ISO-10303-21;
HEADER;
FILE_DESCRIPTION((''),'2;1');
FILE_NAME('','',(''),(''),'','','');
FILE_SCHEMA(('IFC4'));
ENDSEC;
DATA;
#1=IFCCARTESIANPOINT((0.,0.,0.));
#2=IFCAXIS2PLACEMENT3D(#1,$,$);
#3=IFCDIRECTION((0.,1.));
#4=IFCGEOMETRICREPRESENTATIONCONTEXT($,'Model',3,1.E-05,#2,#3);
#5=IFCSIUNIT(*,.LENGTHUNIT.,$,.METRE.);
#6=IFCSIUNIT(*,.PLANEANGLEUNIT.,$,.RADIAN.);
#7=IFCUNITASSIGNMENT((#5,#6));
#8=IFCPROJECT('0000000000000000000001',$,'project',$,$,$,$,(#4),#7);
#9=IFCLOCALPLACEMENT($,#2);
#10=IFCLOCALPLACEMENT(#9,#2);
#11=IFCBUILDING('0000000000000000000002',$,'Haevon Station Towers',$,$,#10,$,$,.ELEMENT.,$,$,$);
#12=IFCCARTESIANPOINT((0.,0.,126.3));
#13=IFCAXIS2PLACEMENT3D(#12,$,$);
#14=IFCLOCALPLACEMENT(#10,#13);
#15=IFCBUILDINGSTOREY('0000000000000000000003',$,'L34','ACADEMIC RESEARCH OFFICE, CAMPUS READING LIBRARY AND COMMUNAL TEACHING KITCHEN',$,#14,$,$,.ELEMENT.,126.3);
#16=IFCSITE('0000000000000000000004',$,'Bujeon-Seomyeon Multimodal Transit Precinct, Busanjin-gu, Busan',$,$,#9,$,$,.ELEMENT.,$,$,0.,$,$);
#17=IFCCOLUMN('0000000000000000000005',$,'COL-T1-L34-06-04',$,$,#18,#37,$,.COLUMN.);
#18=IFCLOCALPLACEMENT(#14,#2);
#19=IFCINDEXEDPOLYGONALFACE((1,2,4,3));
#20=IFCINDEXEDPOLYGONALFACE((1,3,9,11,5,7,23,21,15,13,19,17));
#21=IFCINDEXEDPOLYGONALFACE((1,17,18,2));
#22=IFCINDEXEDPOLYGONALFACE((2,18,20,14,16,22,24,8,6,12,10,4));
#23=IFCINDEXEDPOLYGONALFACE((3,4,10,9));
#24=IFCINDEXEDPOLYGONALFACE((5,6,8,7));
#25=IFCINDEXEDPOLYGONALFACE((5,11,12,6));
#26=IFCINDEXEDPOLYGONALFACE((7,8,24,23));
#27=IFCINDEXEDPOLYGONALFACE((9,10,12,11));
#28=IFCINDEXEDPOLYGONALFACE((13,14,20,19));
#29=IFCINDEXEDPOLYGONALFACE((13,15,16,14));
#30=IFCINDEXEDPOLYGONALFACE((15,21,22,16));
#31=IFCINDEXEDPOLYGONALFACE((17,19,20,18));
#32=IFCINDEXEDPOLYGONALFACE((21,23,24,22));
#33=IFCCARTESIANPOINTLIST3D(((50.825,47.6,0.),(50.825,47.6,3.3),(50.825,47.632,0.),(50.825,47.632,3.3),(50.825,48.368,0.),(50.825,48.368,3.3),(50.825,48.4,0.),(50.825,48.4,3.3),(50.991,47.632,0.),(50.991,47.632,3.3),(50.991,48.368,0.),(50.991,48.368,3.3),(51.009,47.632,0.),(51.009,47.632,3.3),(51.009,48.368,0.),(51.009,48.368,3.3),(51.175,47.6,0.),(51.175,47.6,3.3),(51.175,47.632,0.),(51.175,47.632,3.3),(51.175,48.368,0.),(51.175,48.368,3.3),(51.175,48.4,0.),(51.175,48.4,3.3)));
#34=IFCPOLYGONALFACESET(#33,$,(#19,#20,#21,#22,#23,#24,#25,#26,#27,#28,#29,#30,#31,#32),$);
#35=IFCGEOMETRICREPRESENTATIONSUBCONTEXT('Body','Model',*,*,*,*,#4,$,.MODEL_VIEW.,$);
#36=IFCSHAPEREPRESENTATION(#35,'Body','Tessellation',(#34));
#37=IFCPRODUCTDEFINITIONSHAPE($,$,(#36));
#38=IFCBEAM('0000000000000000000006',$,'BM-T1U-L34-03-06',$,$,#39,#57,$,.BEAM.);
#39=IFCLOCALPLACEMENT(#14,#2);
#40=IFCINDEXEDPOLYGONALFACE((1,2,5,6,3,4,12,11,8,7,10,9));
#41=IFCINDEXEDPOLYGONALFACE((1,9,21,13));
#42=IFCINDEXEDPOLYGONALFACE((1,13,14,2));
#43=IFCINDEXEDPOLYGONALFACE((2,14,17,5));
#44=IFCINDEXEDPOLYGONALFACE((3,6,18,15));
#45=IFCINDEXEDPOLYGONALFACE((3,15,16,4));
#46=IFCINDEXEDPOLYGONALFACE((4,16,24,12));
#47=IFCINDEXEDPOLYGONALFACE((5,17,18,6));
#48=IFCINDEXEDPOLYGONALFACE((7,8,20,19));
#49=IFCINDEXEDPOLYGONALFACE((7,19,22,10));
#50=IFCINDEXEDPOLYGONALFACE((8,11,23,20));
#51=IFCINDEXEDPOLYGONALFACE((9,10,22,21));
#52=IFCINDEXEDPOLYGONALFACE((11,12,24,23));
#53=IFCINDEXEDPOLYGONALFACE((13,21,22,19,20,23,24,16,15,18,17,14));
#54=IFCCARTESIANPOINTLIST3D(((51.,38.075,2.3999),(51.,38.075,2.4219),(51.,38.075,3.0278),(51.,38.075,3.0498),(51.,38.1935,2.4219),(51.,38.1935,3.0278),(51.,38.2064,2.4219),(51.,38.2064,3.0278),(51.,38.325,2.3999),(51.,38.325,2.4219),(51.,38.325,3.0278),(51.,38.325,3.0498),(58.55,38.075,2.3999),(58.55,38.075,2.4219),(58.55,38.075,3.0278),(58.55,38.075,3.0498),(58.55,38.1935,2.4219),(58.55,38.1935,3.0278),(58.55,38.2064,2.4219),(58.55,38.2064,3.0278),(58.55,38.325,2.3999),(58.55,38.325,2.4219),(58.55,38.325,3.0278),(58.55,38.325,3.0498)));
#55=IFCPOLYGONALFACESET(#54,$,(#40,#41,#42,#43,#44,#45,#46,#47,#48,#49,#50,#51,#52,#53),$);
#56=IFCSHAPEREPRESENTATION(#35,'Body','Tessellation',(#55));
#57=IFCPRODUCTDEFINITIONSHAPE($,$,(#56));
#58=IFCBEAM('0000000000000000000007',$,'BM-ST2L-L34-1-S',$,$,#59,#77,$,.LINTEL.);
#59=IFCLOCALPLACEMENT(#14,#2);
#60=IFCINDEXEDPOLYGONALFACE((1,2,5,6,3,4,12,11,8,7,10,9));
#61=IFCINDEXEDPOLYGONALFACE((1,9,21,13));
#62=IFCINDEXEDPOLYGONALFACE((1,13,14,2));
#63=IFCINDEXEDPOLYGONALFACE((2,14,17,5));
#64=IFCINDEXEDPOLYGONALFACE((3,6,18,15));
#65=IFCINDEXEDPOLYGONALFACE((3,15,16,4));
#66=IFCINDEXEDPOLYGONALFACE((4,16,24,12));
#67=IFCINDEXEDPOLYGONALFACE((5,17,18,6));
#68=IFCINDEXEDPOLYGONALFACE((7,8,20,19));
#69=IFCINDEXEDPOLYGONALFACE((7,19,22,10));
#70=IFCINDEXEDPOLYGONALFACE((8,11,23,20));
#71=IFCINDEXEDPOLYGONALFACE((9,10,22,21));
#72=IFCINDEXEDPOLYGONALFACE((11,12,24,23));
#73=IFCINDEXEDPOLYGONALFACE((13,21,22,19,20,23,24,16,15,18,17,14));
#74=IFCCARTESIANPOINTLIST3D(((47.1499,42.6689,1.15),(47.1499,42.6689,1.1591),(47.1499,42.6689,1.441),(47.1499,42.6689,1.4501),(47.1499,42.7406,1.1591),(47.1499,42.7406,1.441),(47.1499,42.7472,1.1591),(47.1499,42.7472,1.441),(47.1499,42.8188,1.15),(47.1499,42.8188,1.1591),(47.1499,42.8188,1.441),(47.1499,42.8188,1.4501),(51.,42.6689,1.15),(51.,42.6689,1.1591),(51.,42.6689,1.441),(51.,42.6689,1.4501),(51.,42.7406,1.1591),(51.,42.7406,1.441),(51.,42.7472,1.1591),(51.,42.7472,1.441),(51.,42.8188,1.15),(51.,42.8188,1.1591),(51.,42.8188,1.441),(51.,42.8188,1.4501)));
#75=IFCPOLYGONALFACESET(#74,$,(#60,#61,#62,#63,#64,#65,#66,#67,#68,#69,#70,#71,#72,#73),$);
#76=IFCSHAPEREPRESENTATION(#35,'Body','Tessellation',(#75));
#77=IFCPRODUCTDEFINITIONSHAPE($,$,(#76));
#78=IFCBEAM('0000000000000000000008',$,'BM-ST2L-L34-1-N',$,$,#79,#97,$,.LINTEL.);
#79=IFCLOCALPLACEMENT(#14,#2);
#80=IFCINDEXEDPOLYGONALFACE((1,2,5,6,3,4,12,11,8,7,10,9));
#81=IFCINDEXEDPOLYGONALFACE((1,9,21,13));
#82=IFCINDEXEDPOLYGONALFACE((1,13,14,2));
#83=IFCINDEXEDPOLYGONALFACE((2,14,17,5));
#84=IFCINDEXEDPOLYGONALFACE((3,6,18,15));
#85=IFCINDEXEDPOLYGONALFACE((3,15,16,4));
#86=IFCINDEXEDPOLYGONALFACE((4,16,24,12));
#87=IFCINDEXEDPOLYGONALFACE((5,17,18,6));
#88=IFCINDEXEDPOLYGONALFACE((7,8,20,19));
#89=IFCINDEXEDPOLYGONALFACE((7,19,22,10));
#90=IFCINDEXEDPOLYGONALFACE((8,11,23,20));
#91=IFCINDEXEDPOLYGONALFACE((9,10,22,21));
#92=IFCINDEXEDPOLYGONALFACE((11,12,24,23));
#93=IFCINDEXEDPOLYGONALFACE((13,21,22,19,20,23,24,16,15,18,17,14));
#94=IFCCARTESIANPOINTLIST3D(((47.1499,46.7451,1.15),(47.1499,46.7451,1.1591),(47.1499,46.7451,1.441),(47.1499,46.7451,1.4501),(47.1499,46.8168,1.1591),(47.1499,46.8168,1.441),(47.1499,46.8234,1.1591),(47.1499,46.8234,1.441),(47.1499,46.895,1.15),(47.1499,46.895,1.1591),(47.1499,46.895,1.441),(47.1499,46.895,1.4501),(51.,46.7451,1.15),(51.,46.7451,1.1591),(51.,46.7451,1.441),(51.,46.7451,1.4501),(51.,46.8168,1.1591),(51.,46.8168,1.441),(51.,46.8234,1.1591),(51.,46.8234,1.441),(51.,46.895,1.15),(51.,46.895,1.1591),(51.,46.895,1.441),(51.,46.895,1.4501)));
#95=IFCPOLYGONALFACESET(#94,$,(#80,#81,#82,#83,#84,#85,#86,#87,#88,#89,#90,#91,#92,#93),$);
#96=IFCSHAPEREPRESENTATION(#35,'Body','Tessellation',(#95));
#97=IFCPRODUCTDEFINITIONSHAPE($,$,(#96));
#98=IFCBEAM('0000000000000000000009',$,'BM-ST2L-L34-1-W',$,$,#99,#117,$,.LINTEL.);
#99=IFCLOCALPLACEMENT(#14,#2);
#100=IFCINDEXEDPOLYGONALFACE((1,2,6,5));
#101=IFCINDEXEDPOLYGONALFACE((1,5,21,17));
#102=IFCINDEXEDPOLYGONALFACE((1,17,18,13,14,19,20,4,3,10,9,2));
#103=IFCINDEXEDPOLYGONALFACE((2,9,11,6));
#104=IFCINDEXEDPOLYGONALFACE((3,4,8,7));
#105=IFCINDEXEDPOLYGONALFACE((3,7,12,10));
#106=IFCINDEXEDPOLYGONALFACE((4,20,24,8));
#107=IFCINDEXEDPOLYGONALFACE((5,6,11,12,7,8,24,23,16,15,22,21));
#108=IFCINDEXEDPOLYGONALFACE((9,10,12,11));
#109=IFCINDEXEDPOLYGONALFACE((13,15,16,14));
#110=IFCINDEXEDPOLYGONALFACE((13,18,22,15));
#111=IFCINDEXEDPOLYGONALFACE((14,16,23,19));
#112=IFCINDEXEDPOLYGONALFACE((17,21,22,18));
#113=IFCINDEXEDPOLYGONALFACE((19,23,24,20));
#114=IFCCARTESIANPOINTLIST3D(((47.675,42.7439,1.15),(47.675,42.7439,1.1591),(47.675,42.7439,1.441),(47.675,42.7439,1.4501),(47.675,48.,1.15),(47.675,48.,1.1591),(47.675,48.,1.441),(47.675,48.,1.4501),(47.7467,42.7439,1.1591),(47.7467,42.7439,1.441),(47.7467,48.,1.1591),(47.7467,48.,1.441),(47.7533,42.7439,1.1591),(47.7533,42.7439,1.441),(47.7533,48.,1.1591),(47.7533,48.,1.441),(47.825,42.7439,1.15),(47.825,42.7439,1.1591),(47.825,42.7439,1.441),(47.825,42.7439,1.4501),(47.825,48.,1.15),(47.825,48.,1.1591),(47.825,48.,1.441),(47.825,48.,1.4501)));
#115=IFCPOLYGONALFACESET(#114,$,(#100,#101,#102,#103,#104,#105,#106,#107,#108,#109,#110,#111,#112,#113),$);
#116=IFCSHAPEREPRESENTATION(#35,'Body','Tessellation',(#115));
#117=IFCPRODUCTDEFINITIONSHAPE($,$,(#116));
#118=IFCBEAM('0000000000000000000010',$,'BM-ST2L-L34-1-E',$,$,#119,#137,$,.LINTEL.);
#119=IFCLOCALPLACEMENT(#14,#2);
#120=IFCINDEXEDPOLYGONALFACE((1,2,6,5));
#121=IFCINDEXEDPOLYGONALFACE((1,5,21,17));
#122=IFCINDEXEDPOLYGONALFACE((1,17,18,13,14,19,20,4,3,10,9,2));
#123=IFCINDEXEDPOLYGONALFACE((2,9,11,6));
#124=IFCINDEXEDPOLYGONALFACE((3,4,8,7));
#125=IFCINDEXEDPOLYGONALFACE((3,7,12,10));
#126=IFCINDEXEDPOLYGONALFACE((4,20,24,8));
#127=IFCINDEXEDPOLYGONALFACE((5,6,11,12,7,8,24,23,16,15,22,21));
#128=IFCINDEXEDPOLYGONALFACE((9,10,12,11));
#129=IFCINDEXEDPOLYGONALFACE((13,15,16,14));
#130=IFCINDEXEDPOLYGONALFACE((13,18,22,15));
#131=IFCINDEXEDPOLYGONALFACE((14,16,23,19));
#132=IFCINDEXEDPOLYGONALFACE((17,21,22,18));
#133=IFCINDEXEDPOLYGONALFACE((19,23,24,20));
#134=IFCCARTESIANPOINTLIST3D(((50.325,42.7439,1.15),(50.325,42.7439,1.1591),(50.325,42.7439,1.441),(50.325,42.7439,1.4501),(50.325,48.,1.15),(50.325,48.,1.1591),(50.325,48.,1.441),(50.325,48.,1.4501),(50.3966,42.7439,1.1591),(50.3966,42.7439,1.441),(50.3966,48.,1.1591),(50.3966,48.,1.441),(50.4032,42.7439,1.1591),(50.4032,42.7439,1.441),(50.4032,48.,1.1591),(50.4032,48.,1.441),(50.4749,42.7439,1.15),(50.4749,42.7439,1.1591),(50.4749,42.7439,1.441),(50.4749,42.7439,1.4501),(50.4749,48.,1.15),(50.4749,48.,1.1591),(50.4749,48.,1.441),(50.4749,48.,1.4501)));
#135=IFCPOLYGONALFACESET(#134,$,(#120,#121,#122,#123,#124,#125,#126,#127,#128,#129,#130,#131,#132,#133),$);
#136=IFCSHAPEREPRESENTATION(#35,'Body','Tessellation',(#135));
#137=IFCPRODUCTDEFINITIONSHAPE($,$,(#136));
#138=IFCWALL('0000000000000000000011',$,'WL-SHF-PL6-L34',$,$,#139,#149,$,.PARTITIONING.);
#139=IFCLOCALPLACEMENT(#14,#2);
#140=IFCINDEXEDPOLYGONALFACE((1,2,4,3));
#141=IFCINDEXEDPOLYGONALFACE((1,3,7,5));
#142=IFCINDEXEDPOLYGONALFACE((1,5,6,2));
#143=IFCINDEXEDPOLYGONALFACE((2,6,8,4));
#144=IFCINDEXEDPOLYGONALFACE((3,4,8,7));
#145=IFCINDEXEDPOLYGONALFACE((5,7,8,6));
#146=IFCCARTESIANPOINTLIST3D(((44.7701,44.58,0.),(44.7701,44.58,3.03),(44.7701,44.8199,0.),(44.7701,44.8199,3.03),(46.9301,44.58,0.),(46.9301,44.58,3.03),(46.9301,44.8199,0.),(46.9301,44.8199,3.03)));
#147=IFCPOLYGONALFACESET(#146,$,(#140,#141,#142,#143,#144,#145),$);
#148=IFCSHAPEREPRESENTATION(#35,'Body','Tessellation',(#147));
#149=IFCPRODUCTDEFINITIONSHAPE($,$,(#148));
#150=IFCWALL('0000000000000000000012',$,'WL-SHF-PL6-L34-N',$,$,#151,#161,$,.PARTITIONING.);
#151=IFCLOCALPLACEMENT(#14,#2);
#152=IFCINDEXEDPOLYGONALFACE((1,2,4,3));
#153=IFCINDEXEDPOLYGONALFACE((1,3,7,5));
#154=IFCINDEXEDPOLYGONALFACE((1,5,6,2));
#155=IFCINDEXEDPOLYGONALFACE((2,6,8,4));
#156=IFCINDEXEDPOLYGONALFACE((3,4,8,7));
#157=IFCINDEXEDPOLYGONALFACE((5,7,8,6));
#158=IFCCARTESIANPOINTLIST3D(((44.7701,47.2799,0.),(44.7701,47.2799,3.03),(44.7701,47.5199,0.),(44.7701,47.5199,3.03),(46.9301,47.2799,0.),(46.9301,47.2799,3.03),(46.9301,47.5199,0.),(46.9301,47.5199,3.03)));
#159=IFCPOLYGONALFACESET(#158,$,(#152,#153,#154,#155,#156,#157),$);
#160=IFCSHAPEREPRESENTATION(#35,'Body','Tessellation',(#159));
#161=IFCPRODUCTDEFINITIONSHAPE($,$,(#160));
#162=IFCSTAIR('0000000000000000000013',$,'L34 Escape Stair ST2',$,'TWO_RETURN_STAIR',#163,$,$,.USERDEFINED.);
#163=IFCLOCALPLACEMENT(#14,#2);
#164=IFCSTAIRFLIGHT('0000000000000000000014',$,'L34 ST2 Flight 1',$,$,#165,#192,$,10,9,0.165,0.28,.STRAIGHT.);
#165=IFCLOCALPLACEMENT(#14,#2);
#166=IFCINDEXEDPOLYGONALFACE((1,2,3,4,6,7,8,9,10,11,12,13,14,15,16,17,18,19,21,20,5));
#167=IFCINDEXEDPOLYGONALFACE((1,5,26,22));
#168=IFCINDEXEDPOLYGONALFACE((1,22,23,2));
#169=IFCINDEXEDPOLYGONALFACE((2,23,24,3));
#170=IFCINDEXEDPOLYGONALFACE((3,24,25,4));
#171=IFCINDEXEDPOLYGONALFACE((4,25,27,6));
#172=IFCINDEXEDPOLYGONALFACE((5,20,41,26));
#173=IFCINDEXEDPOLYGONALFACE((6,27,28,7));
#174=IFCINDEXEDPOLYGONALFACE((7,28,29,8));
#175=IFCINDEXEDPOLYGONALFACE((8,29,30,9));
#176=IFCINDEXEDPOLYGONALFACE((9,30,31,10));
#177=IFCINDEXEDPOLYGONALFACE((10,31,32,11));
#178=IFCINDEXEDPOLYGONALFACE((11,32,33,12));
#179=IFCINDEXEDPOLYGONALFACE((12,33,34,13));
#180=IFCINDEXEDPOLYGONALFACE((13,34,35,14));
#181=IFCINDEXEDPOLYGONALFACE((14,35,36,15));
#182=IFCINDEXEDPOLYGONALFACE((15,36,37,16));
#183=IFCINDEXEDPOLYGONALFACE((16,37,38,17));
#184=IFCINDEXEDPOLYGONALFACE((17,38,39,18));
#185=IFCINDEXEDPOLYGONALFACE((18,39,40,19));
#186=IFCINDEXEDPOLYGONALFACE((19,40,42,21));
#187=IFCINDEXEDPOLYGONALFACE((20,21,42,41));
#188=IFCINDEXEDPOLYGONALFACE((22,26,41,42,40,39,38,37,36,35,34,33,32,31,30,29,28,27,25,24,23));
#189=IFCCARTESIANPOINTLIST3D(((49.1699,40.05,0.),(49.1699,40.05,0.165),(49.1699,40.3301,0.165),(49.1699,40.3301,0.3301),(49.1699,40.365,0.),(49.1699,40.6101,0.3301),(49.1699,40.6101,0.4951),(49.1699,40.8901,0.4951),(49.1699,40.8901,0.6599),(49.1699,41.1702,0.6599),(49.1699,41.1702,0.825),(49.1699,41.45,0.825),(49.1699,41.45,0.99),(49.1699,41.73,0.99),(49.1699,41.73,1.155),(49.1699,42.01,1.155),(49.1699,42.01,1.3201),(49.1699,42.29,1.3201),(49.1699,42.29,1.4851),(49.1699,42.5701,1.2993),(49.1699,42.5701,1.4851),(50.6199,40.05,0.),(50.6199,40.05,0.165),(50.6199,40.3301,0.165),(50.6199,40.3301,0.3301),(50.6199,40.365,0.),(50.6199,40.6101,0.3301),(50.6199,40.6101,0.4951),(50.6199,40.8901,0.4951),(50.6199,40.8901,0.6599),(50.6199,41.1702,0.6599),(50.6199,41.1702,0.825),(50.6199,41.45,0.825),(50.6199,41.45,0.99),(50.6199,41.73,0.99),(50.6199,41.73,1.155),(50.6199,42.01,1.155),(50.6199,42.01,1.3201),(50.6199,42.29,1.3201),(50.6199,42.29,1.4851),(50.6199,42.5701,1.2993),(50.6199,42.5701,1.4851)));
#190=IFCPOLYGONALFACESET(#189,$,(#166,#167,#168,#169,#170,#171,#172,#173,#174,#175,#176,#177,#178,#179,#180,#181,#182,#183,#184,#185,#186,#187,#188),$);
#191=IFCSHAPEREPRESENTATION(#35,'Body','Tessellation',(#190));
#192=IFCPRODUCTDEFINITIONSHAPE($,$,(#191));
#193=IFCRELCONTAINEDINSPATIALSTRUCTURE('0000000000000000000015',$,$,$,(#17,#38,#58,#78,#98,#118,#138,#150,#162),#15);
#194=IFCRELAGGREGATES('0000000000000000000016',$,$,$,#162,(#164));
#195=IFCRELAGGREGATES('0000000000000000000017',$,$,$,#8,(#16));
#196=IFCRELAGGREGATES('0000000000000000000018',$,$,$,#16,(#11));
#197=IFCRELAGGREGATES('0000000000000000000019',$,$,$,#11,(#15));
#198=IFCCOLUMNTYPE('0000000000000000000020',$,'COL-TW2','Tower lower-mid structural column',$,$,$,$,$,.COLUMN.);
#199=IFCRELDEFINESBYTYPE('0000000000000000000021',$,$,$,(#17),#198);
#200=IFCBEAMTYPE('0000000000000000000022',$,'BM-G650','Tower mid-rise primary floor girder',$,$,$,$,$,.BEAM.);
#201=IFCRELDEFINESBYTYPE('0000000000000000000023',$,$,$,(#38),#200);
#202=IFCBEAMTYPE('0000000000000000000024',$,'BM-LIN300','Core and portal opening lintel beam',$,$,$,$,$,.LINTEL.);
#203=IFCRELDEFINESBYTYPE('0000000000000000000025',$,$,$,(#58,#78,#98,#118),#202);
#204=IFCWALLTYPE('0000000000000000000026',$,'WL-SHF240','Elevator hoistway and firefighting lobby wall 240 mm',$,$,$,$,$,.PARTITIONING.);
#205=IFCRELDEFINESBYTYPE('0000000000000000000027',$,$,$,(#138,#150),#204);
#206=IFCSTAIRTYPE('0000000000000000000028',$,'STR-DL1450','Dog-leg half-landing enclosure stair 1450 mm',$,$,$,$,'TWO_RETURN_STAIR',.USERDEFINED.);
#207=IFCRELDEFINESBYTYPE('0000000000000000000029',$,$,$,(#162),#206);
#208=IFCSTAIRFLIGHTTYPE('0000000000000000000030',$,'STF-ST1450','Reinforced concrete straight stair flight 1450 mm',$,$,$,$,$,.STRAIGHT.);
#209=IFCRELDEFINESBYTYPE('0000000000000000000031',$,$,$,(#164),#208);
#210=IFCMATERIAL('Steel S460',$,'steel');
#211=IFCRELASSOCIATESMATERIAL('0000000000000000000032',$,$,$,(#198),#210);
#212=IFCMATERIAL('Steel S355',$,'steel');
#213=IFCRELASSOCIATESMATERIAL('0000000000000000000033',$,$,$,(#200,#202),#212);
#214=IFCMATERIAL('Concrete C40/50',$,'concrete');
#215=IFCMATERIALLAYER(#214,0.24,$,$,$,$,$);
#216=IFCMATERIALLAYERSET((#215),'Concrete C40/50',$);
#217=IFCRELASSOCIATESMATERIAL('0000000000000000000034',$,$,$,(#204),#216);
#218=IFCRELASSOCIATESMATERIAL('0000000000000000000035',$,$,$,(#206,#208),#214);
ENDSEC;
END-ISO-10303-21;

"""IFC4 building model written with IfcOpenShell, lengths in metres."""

from ifc_helpers import new_model, si_unit, direction, frame, frame_2d, origin, origin_2d, place, context, subcontext, project, spatial, polyline, rectangle, i_section, outline, extrude, material, layer, layer_set, material_profile, profile_set, type_object, element, aggregate, save


model = new_model("IFC4")

# Units and contexts
model_context = context("Model", 3, precision=1e-05, world=origin(), true_north=direction((0.0, 1.0)))
body_context = subcontext(model_context, "Body", "Model", "MODEL_VIEW")
ifc_project = project(units=[si_unit("LENGTHUNIT", "METRE"), si_unit("PLANEANGLEUNIT", "RADIAN")], contexts=[model_context])

# Site, building, storey
site_placement = place(None, origin())
site = spatial("IfcSite", under=ifc_project, at=site_placement, Name="Bujeon-Seomyeon Multimodal Transit Precinct, Busanjin-gu, Busan", CompositionType="ELEMENT", RefElevation=0.0)
building_placement = place(site_placement, origin())
building = spatial("IfcBuilding", under=site, at=building_placement, Name="Haevon Station Towers", CompositionType="ELEMENT")
storey_placement = place(building_placement, frame((0.0, 0.0, 126.3)))
storey = spatial("IfcBuildingStorey", under=building, at=storey_placement, Name="L34", Description="ACADEMIC RESEARCH OFFICE, CAMPUS READING LIBRARY AND COMMUNAL TEACHING KITCHEN", CompositionType="ELEMENT", Elevation=126.3)

# Column
ifc_material_1 = material(Name="Steel S460", Category="steel")
ifc_material_profile_1 = material_profile(ifc_material_1, i_section(OverallWidth=0.3501, OverallDepth=0.8, WebThickness=0.0181, FlangeThickness=0.032, at=origin_2d()), Name="H-800x350x18x32")
ifc_profile_set_1 = profile_set([ifc_material_profile_1], Name="Steel S460")
column_type = type_object("IfcColumnType", Name="COL-TW2", Description="Tower lower-mid structural column", PredefinedType="COLUMN", material=ifc_profile_set_1)
column_placement = place(storey_placement, frame((51.0, 48.0, 0.0), z_axis=(0.0, 0.0, 1.0), x_axis=(1.0, 0.0, 0.0)))
element("IfcColumn", 1, at=column_placement, inside=storey, type_object=column_type, Name="COL-T1-L34-06-04", PredefinedType="COLUMN", context=body_context, shape_type="SweptSolid", body=[
    extrude(i_section(OverallWidth=0.3501, OverallDepth=0.8, WebThickness=0.0181, FlangeThickness=0.032, at=origin_2d()), origin(), (0.0, 0.0, 1.0), 3.3),
])

# Beams
ifc_material_2 = material(Name="Steel S355", Category="steel")
ifc_material_profile_2 = material_profile(ifc_material_2, i_section(OverallWidth=0.25, OverallDepth=0.6499, WebThickness=0.0129, FlangeThickness=0.022, at=origin_2d()), Name="H-650x250x13x22")
ifc_profile_set_2 = profile_set([ifc_material_profile_2], Name="Steel S355")
beam_type_1 = type_object("IfcBeamType", Name="BM-G650", Description="Tower mid-rise primary floor girder", PredefinedType="BEAM", material=ifc_profile_set_2)
beam_placement = place(storey_placement, frame((51.0, 38.2, 2.7249), z_axis=(1.0, 0.0, 0.0), x_axis=(0.0, 1.0, 0.0)))
element("IfcBeam", 2, at=beam_placement, inside=storey, type_object=beam_type_1, Name="BM-T1U-L34-03-06", PredefinedType="BEAM", context=body_context, shape_type="SweptSolid", body=[
    extrude(i_section(OverallWidth=0.25, OverallDepth=0.6499, WebThickness=0.0129, FlangeThickness=0.022, at=origin_2d()), origin(), (0.0, 0.0, 1.0), 7.55),
])
ifc_material_profile_3 = material_profile(ifc_material_2, i_section(OverallWidth=0.1499, OverallDepth=0.3, WebThickness=0.0066, FlangeThickness=0.009, at=origin_2d()), Name="H-300x150x6.5x9")
ifc_profile_set_3 = profile_set([ifc_material_profile_3], Name="Steel S355")
beam_type_2 = type_object("IfcBeamType", Name="BM-LIN300", Description="Core and portal opening lintel beam", PredefinedType="LINTEL", material=ifc_profile_set_3)
for number, where, z_axis, x_axis, name in (
    (3, (47.1499, 42.7439, 1.3), (1.0, 0.0, 0.0), (0.0, 1.0, 0.0), "BM-ST2L-L34-1-S"),
    (4, (47.1499, 46.8201, 1.3), (1.0, 0.0, 0.0), (0.0, 1.0, 0.0), "BM-ST2L-L34-1-N"),
):
    element("IfcBeam", number, at=place(storey_placement, frame(where, z_axis=z_axis, x_axis=x_axis)), inside=storey, type_object=beam_type_2, Name=name, PredefinedType="LINTEL", context=body_context, shape_type="SweptSolid", body=[
        extrude(i_section(OverallWidth=0.1499, OverallDepth=0.3, WebThickness=0.0066, FlangeThickness=0.009, at=origin_2d()), origin(), (0.0, 0.0, 1.0), 3.8501),
    ])
for number, where, z_axis, x_axis, name in (
    (5, (47.75, 42.7439, 1.3), (0.0, 1.0, 0.0), (-1.0, 0.0, 0.0), "BM-ST2L-L34-1-W"),
    (6, (50.3999, 42.7439, 1.3), (0.0, 1.0, 0.0), (-1.0, 0.0, 0.0), "BM-ST2L-L34-1-E"),
):
    element("IfcBeam", number, at=place(storey_placement, frame(where, z_axis=z_axis, x_axis=x_axis)), inside=storey, type_object=beam_type_2, Name=name, PredefinedType="LINTEL", context=body_context, shape_type="SweptSolid", body=[
        extrude(i_section(OverallWidth=0.1499, OverallDepth=0.3, WebThickness=0.0066, FlangeThickness=0.009, at=origin_2d()), origin(), (0.0, 0.0, 1.0), 5.2561),
    ])

# Walls
ifc_material_3 = material(Name="Concrete C40/50", Category="concrete")
ifc_layer = layer(ifc_material_3, 0.24)
ifc_layer_set = layer_set([ifc_layer], Name="Concrete C40/50")
wall_type = type_object("IfcWallType", Name="WL-SHF240", Description="Elevator hoistway and firefighting lobby wall 240 mm", PredefinedType="PARTITIONING", material=ifc_layer_set)
for number, where, z_axis, x_axis, name in (
    (7, (44.77, 44.7, 0.0), (0.0, 0.0, 1.0), (1.0, 0.0, 0.0), "WL-SHF-PL6-L34"),
    (8, (44.77, 47.3999, 0.0), (0.0, 0.0, 1.0), (1.0, 0.0, 0.0), "WL-SHF-PL6-L34-N"),
):
    element("IfcWall", number, at=place(storey_placement, frame(where, z_axis=z_axis, x_axis=x_axis)), inside=storey, type_object=wall_type, Name=name, PredefinedType="PARTITIONING", context=body_context, shape_type="SweptSolid", body=[
        extrude(rectangle(XDim=2.1599, YDim=0.24, at=frame_2d((1.0801, 0.0))), origin(), (0.0, 0.0, 1.0), 3.03),
    ])

# Stair, stair flight
stair_type = type_object("IfcStairType", Name="STR-DL1450", Description="Dog-leg half-landing enclosure stair 1450 mm", ElementType="TWO_RETURN_STAIR", PredefinedType="USERDEFINED", material=ifc_material_3)
stair_placement = place(storey_placement, origin())
stair = element("IfcStair", 9, at=stair_placement, inside=storey, type_object=stair_type, Name="L34 Escape Stair ST2", ObjectType="TWO_RETURN_STAIR", PredefinedType="USERDEFINED")
stair_flight_type = type_object("IfcStairFlightType", Name="STF-ST1450", Description="Reinforced concrete straight stair flight 1450 mm", PredefinedType="STRAIGHT", material=ifc_material_3)
stair_flight_1_placement = place(storey_placement, frame((49.895, 40.05, 0.0), z_axis=(0.0, 0.0, 1.0), x_axis=(0.0, 1.0, 0.0)))
stair_flight_1 = element("IfcStairFlight", 10, at=stair_flight_1_placement, type_object=stair_flight_type, Name="L34 ST2 Flight 1", NumberOfRisers=10, NumberOfTreads=9, PredefinedType="STRAIGHT", RiserHeight=0.165, TreadLength=0.28, context=body_context, shape_type="SweptSolid", body=[
    extrude(outline(polyline([(0.0, 0.0), (0.0, 0.165), (0.28, 0.165), (0.28, 0.3301), (0.5601, 0.3301), (0.5601, 0.4951), (0.8401, 0.4951), (0.8401, 0.6599), (1.1201, 0.6599), (1.1201, 0.825), (1.3999, 0.825), (1.3999, 0.99), (1.6799, 0.99), (1.6799, 1.155), (1.96, 1.155), (1.96, 1.3201), (2.24, 1.3201), (2.24, 1.4851), (2.52, 1.4851), (2.52, 1.6499), (2.52, 1.2993), (0.3149, 0.0), (0.0, 0.0)])), frame((0.0, 0.7251, 0.0), z_axis=(0.0, -1.0, 0.0), x_axis=(1.0, 0.0, 0.0)), (0.0, 0.0, 1.0), 1.45),
])
aggregate(stair, [stair_flight_1])

save(model, "model.ifc")
